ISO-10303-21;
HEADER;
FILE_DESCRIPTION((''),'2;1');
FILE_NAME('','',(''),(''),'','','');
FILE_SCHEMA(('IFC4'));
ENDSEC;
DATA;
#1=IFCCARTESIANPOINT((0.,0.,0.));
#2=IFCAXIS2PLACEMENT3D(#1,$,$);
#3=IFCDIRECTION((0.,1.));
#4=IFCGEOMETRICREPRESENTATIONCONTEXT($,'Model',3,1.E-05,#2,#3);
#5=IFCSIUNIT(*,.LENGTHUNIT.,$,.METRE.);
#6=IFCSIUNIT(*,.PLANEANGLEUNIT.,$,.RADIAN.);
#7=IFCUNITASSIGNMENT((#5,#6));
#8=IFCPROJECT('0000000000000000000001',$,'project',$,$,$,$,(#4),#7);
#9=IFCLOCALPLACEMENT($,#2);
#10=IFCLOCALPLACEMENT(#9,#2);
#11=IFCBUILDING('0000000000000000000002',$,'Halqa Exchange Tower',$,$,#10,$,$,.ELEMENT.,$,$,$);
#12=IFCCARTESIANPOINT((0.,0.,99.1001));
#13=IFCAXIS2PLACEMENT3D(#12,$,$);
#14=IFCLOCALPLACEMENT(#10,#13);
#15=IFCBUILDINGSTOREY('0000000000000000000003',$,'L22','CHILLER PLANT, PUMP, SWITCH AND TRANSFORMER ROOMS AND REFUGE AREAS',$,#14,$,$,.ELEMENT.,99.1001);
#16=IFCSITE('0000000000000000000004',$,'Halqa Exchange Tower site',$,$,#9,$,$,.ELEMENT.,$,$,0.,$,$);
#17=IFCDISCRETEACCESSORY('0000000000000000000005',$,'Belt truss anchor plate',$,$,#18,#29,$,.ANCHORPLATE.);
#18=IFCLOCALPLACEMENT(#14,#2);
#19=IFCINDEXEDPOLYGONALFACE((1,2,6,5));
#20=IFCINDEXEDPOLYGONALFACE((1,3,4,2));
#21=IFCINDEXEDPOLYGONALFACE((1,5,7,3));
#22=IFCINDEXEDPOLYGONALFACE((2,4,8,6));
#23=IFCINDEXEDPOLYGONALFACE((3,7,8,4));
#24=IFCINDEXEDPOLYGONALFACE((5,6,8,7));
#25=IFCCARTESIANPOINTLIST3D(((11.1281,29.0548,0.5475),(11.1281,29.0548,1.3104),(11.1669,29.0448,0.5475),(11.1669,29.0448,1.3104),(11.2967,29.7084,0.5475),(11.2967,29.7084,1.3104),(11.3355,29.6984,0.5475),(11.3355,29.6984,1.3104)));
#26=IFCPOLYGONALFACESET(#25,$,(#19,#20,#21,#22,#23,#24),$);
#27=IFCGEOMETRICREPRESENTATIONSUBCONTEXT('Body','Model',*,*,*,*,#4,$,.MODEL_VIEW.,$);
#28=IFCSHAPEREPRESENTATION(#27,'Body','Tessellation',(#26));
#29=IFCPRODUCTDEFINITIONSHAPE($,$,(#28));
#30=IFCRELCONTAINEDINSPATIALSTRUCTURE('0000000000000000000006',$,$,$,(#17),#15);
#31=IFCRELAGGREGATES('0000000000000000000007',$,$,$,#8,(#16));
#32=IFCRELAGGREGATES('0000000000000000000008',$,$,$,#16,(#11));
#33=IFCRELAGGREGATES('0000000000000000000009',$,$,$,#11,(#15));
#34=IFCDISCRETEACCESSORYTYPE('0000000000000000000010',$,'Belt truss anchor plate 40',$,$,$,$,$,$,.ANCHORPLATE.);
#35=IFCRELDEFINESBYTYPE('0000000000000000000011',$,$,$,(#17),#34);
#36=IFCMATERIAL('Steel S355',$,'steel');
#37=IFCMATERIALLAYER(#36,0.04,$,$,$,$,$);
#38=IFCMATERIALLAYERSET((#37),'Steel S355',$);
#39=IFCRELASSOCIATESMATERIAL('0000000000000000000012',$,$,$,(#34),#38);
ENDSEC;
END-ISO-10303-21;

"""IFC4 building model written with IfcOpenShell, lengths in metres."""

from ifc_helpers import new_model, si_unit, direction, frame, origin, origin_2d, place, context, subcontext, project, spatial, rectangle, extrude, material, layer, layer_set, type_object, element, save


model = new_model("IFC4")

# Units and contexts
model_context = context("Model", 3, precision=1e-05, world=origin(), true_north=direction((0.0, 1.0)))
body_context = subcontext(model_context, "Body", "Model", "MODEL_VIEW")
ifc_project = project(units=[si_unit("LENGTHUNIT", "METRE"), si_unit("PLANEANGLEUNIT", "RADIAN")], contexts=[model_context])

# Site, building, storey
site_placement = place(None, origin())
site = spatial("IfcSite", under=ifc_project, at=site_placement, Name="Halqa Exchange Tower site", CompositionType="ELEMENT", RefElevation=0.0)
building_placement = place(site_placement, origin())
building = spatial("IfcBuilding", under=site, at=building_placement, Name="Halqa Exchange Tower", CompositionType="ELEMENT")
storey_placement = place(building_placement, frame((0.0, 0.0, 99.1001)))
storey = spatial("IfcBuildingStorey", under=building, at=storey_placement, Name="L22", Description="CHILLER PLANT, PUMP, SWITCH AND TRANSFORMER ROOMS AND REFUGE AREAS", CompositionType="ELEMENT", Elevation=99.1001)

# Shared definitions
ifc_material_1 = material(Name="Steel S355", Category="steel")

# Discrete accessory
ifc_layer_1 = layer(ifc_material_1, 0.04)
ifc_layer_set_1 = layer_set([ifc_layer_1], Name="Steel S355")
discrete_accessory_type = type_object("IfcDiscreteAccessoryType", Name="Belt truss anchor plate 40", PredefinedType="ANCHORPLATE", material=ifc_layer_set_1)
discrete_accessory_1_placement = place(storey_placement, frame((11.2124, 29.3816, 0.929), z_axis=(0.968325, -0.249694, 0.0), x_axis=(0.249694, 0.968325, 0.0)))
element("IfcDiscreteAccessory", 1, at=discrete_accessory_1_placement, inside=storey, type_object=discrete_accessory_type, Name="Belt truss anchor plate", PredefinedType="ANCHORPLATE", context=body_context, shape_type="SweptSolid", body=[
    extrude(rectangle(XDim=0.675, YDim=0.7629, at=origin_2d()), origin(), (0.0, 0.0, 1.0), 0.04),
])

save(model, "model.ifc")
